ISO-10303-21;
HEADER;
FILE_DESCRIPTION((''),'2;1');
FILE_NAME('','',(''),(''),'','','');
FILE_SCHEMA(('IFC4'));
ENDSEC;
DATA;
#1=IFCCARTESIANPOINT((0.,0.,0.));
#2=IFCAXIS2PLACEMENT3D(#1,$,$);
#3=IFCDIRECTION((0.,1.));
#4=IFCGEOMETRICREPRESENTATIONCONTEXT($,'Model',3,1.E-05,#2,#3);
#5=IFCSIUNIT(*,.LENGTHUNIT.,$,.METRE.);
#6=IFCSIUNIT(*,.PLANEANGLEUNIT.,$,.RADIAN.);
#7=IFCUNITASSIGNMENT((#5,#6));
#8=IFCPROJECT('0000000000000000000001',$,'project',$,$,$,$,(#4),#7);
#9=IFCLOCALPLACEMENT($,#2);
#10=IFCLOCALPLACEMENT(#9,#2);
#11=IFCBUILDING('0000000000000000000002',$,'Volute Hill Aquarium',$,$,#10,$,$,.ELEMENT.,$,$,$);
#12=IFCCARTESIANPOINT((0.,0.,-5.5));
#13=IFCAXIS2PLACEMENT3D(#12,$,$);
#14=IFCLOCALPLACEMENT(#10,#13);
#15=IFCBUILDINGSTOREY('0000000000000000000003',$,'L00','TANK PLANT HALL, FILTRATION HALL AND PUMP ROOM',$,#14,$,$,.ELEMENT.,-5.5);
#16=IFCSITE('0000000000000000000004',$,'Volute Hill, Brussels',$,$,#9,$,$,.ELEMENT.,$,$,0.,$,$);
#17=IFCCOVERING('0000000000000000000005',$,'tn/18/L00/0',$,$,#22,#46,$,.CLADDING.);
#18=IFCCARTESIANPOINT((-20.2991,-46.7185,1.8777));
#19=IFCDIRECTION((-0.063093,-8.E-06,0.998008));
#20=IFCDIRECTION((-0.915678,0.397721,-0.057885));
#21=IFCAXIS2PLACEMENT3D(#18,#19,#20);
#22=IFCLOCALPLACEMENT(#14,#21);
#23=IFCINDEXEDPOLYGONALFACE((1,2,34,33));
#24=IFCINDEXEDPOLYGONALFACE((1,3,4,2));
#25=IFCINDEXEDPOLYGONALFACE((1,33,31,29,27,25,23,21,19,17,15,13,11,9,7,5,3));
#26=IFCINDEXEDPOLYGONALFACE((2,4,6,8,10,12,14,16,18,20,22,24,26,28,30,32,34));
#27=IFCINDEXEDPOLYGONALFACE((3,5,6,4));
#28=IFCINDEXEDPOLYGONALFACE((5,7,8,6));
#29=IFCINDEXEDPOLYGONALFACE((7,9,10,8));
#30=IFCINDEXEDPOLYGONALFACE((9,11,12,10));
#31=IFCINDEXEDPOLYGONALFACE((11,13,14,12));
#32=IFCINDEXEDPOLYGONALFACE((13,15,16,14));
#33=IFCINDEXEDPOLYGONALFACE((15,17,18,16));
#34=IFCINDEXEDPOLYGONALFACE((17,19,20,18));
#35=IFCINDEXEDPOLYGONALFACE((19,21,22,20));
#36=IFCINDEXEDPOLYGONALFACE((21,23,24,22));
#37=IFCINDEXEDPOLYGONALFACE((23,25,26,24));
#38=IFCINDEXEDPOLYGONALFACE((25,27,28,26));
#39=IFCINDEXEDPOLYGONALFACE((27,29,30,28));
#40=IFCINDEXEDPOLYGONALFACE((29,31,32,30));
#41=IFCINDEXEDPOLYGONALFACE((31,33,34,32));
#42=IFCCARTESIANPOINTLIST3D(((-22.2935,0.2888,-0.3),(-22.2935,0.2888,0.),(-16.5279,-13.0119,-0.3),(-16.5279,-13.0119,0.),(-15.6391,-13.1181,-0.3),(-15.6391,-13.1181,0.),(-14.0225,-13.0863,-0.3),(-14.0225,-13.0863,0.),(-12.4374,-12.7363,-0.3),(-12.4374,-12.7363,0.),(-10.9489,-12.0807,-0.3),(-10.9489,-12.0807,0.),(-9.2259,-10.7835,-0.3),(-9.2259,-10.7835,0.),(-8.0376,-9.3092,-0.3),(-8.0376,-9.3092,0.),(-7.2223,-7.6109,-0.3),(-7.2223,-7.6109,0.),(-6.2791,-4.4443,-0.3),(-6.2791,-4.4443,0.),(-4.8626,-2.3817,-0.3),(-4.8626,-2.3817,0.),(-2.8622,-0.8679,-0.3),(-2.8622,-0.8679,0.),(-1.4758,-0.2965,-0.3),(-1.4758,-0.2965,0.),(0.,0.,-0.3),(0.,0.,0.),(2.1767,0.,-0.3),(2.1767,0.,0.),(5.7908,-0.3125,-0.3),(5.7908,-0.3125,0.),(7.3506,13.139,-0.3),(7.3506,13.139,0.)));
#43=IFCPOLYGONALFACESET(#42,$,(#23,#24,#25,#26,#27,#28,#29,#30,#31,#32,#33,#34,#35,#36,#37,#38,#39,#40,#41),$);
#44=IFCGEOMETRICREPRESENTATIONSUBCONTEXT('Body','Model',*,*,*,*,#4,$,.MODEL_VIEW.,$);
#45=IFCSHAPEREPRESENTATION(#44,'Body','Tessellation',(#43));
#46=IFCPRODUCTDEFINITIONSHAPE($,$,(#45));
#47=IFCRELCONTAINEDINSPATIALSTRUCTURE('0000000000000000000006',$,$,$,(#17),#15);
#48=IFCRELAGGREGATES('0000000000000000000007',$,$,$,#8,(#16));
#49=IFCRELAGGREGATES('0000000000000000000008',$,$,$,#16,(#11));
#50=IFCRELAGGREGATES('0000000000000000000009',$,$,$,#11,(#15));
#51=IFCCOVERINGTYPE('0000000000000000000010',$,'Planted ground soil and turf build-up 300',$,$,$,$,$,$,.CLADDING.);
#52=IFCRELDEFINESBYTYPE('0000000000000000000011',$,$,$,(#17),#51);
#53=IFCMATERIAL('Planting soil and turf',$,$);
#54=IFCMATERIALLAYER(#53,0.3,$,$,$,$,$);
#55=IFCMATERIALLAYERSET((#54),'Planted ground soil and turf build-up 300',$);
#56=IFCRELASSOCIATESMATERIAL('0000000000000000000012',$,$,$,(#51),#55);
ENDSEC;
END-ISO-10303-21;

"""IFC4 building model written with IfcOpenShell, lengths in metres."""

from ifc_helpers import new_model, si_unit, direction, frame, origin, place, context, subcontext, project, spatial, polyline, outline, extrude, material, layer, layer_set, type_object, element, save


model = new_model("IFC4")

# Units and contexts
model_context = context("Model", 3, precision=1e-05, world=origin(), true_north=direction((0.0, 1.0)))
body_context = subcontext(model_context, "Body", "Model", "MODEL_VIEW")
ifc_project = project(units=[si_unit("LENGTHUNIT", "METRE"), si_unit("PLANEANGLEUNIT", "RADIAN")], contexts=[model_context])

# Site, building, storey
site_placement = place(None, origin())
site = spatial("IfcSite", under=ifc_project, at=site_placement, Name="Volute Hill, Brussels", CompositionType="ELEMENT", RefElevation=0.0)
building_placement = place(site_placement, origin())
building = spatial("IfcBuilding", under=site, at=building_placement, Name="Volute Hill Aquarium", CompositionType="ELEMENT")
storey_placement = place(building_placement, frame((0.0, 0.0, -5.5)))
storey = spatial("IfcBuildingStorey", under=building, at=storey_placement, Name="L00", Description="TANK PLANT HALL, FILTRATION HALL AND PUMP ROOM", CompositionType="ELEMENT", Elevation=-5.5)

# Covering
ifc_material_1 = material(Name="Planting soil and turf")
ifc_layer_1 = layer(ifc_material_1, 0.3)
ifc_layer_set_1 = layer_set([ifc_layer_1], Name="Planted ground soil and turf build-up 300")
covering_type = type_object("IfcCoveringType", Name="Planted ground soil and turf build-up 300", PredefinedType="CLADDING", material=ifc_layer_set_1)
covering_placement = place(storey_placement, frame((-20.2991, -46.7185, 1.8777), z_axis=(-0.063093, -0.000008, 0.998008), x_axis=(-0.915678, 0.397721, -0.057885)))
element("IfcCovering", 1, at=covering_placement, inside=storey, type_object=covering_type, Name="tn/18/L00/0", PredefinedType="CLADDING", context=body_context, shape_type="SweptSolid", body=[
    extrude(outline(polyline([(0.0, 0.0), (2.1767, 0.0), (5.7908, -0.3125), (7.3506, 13.139), (-22.2935, 0.2888), (-16.5279, -13.0119), (-15.6391, -13.1181), (-14.0225, -13.0863), (-12.4374, -12.7363), (-10.9489, -12.0807), (-9.2259, -10.7835), (-8.0376, -9.3092), (-7.2223, -7.6109), (-6.2791, -4.4443), (-4.8626, -2.3817), (-2.8622, -0.8679), (-1.4758, -0.2965), (0.0, 0.0)])), origin(), (0.0, 0.0, -1.0), 0.3),
])

save(model, "model.ifc")
